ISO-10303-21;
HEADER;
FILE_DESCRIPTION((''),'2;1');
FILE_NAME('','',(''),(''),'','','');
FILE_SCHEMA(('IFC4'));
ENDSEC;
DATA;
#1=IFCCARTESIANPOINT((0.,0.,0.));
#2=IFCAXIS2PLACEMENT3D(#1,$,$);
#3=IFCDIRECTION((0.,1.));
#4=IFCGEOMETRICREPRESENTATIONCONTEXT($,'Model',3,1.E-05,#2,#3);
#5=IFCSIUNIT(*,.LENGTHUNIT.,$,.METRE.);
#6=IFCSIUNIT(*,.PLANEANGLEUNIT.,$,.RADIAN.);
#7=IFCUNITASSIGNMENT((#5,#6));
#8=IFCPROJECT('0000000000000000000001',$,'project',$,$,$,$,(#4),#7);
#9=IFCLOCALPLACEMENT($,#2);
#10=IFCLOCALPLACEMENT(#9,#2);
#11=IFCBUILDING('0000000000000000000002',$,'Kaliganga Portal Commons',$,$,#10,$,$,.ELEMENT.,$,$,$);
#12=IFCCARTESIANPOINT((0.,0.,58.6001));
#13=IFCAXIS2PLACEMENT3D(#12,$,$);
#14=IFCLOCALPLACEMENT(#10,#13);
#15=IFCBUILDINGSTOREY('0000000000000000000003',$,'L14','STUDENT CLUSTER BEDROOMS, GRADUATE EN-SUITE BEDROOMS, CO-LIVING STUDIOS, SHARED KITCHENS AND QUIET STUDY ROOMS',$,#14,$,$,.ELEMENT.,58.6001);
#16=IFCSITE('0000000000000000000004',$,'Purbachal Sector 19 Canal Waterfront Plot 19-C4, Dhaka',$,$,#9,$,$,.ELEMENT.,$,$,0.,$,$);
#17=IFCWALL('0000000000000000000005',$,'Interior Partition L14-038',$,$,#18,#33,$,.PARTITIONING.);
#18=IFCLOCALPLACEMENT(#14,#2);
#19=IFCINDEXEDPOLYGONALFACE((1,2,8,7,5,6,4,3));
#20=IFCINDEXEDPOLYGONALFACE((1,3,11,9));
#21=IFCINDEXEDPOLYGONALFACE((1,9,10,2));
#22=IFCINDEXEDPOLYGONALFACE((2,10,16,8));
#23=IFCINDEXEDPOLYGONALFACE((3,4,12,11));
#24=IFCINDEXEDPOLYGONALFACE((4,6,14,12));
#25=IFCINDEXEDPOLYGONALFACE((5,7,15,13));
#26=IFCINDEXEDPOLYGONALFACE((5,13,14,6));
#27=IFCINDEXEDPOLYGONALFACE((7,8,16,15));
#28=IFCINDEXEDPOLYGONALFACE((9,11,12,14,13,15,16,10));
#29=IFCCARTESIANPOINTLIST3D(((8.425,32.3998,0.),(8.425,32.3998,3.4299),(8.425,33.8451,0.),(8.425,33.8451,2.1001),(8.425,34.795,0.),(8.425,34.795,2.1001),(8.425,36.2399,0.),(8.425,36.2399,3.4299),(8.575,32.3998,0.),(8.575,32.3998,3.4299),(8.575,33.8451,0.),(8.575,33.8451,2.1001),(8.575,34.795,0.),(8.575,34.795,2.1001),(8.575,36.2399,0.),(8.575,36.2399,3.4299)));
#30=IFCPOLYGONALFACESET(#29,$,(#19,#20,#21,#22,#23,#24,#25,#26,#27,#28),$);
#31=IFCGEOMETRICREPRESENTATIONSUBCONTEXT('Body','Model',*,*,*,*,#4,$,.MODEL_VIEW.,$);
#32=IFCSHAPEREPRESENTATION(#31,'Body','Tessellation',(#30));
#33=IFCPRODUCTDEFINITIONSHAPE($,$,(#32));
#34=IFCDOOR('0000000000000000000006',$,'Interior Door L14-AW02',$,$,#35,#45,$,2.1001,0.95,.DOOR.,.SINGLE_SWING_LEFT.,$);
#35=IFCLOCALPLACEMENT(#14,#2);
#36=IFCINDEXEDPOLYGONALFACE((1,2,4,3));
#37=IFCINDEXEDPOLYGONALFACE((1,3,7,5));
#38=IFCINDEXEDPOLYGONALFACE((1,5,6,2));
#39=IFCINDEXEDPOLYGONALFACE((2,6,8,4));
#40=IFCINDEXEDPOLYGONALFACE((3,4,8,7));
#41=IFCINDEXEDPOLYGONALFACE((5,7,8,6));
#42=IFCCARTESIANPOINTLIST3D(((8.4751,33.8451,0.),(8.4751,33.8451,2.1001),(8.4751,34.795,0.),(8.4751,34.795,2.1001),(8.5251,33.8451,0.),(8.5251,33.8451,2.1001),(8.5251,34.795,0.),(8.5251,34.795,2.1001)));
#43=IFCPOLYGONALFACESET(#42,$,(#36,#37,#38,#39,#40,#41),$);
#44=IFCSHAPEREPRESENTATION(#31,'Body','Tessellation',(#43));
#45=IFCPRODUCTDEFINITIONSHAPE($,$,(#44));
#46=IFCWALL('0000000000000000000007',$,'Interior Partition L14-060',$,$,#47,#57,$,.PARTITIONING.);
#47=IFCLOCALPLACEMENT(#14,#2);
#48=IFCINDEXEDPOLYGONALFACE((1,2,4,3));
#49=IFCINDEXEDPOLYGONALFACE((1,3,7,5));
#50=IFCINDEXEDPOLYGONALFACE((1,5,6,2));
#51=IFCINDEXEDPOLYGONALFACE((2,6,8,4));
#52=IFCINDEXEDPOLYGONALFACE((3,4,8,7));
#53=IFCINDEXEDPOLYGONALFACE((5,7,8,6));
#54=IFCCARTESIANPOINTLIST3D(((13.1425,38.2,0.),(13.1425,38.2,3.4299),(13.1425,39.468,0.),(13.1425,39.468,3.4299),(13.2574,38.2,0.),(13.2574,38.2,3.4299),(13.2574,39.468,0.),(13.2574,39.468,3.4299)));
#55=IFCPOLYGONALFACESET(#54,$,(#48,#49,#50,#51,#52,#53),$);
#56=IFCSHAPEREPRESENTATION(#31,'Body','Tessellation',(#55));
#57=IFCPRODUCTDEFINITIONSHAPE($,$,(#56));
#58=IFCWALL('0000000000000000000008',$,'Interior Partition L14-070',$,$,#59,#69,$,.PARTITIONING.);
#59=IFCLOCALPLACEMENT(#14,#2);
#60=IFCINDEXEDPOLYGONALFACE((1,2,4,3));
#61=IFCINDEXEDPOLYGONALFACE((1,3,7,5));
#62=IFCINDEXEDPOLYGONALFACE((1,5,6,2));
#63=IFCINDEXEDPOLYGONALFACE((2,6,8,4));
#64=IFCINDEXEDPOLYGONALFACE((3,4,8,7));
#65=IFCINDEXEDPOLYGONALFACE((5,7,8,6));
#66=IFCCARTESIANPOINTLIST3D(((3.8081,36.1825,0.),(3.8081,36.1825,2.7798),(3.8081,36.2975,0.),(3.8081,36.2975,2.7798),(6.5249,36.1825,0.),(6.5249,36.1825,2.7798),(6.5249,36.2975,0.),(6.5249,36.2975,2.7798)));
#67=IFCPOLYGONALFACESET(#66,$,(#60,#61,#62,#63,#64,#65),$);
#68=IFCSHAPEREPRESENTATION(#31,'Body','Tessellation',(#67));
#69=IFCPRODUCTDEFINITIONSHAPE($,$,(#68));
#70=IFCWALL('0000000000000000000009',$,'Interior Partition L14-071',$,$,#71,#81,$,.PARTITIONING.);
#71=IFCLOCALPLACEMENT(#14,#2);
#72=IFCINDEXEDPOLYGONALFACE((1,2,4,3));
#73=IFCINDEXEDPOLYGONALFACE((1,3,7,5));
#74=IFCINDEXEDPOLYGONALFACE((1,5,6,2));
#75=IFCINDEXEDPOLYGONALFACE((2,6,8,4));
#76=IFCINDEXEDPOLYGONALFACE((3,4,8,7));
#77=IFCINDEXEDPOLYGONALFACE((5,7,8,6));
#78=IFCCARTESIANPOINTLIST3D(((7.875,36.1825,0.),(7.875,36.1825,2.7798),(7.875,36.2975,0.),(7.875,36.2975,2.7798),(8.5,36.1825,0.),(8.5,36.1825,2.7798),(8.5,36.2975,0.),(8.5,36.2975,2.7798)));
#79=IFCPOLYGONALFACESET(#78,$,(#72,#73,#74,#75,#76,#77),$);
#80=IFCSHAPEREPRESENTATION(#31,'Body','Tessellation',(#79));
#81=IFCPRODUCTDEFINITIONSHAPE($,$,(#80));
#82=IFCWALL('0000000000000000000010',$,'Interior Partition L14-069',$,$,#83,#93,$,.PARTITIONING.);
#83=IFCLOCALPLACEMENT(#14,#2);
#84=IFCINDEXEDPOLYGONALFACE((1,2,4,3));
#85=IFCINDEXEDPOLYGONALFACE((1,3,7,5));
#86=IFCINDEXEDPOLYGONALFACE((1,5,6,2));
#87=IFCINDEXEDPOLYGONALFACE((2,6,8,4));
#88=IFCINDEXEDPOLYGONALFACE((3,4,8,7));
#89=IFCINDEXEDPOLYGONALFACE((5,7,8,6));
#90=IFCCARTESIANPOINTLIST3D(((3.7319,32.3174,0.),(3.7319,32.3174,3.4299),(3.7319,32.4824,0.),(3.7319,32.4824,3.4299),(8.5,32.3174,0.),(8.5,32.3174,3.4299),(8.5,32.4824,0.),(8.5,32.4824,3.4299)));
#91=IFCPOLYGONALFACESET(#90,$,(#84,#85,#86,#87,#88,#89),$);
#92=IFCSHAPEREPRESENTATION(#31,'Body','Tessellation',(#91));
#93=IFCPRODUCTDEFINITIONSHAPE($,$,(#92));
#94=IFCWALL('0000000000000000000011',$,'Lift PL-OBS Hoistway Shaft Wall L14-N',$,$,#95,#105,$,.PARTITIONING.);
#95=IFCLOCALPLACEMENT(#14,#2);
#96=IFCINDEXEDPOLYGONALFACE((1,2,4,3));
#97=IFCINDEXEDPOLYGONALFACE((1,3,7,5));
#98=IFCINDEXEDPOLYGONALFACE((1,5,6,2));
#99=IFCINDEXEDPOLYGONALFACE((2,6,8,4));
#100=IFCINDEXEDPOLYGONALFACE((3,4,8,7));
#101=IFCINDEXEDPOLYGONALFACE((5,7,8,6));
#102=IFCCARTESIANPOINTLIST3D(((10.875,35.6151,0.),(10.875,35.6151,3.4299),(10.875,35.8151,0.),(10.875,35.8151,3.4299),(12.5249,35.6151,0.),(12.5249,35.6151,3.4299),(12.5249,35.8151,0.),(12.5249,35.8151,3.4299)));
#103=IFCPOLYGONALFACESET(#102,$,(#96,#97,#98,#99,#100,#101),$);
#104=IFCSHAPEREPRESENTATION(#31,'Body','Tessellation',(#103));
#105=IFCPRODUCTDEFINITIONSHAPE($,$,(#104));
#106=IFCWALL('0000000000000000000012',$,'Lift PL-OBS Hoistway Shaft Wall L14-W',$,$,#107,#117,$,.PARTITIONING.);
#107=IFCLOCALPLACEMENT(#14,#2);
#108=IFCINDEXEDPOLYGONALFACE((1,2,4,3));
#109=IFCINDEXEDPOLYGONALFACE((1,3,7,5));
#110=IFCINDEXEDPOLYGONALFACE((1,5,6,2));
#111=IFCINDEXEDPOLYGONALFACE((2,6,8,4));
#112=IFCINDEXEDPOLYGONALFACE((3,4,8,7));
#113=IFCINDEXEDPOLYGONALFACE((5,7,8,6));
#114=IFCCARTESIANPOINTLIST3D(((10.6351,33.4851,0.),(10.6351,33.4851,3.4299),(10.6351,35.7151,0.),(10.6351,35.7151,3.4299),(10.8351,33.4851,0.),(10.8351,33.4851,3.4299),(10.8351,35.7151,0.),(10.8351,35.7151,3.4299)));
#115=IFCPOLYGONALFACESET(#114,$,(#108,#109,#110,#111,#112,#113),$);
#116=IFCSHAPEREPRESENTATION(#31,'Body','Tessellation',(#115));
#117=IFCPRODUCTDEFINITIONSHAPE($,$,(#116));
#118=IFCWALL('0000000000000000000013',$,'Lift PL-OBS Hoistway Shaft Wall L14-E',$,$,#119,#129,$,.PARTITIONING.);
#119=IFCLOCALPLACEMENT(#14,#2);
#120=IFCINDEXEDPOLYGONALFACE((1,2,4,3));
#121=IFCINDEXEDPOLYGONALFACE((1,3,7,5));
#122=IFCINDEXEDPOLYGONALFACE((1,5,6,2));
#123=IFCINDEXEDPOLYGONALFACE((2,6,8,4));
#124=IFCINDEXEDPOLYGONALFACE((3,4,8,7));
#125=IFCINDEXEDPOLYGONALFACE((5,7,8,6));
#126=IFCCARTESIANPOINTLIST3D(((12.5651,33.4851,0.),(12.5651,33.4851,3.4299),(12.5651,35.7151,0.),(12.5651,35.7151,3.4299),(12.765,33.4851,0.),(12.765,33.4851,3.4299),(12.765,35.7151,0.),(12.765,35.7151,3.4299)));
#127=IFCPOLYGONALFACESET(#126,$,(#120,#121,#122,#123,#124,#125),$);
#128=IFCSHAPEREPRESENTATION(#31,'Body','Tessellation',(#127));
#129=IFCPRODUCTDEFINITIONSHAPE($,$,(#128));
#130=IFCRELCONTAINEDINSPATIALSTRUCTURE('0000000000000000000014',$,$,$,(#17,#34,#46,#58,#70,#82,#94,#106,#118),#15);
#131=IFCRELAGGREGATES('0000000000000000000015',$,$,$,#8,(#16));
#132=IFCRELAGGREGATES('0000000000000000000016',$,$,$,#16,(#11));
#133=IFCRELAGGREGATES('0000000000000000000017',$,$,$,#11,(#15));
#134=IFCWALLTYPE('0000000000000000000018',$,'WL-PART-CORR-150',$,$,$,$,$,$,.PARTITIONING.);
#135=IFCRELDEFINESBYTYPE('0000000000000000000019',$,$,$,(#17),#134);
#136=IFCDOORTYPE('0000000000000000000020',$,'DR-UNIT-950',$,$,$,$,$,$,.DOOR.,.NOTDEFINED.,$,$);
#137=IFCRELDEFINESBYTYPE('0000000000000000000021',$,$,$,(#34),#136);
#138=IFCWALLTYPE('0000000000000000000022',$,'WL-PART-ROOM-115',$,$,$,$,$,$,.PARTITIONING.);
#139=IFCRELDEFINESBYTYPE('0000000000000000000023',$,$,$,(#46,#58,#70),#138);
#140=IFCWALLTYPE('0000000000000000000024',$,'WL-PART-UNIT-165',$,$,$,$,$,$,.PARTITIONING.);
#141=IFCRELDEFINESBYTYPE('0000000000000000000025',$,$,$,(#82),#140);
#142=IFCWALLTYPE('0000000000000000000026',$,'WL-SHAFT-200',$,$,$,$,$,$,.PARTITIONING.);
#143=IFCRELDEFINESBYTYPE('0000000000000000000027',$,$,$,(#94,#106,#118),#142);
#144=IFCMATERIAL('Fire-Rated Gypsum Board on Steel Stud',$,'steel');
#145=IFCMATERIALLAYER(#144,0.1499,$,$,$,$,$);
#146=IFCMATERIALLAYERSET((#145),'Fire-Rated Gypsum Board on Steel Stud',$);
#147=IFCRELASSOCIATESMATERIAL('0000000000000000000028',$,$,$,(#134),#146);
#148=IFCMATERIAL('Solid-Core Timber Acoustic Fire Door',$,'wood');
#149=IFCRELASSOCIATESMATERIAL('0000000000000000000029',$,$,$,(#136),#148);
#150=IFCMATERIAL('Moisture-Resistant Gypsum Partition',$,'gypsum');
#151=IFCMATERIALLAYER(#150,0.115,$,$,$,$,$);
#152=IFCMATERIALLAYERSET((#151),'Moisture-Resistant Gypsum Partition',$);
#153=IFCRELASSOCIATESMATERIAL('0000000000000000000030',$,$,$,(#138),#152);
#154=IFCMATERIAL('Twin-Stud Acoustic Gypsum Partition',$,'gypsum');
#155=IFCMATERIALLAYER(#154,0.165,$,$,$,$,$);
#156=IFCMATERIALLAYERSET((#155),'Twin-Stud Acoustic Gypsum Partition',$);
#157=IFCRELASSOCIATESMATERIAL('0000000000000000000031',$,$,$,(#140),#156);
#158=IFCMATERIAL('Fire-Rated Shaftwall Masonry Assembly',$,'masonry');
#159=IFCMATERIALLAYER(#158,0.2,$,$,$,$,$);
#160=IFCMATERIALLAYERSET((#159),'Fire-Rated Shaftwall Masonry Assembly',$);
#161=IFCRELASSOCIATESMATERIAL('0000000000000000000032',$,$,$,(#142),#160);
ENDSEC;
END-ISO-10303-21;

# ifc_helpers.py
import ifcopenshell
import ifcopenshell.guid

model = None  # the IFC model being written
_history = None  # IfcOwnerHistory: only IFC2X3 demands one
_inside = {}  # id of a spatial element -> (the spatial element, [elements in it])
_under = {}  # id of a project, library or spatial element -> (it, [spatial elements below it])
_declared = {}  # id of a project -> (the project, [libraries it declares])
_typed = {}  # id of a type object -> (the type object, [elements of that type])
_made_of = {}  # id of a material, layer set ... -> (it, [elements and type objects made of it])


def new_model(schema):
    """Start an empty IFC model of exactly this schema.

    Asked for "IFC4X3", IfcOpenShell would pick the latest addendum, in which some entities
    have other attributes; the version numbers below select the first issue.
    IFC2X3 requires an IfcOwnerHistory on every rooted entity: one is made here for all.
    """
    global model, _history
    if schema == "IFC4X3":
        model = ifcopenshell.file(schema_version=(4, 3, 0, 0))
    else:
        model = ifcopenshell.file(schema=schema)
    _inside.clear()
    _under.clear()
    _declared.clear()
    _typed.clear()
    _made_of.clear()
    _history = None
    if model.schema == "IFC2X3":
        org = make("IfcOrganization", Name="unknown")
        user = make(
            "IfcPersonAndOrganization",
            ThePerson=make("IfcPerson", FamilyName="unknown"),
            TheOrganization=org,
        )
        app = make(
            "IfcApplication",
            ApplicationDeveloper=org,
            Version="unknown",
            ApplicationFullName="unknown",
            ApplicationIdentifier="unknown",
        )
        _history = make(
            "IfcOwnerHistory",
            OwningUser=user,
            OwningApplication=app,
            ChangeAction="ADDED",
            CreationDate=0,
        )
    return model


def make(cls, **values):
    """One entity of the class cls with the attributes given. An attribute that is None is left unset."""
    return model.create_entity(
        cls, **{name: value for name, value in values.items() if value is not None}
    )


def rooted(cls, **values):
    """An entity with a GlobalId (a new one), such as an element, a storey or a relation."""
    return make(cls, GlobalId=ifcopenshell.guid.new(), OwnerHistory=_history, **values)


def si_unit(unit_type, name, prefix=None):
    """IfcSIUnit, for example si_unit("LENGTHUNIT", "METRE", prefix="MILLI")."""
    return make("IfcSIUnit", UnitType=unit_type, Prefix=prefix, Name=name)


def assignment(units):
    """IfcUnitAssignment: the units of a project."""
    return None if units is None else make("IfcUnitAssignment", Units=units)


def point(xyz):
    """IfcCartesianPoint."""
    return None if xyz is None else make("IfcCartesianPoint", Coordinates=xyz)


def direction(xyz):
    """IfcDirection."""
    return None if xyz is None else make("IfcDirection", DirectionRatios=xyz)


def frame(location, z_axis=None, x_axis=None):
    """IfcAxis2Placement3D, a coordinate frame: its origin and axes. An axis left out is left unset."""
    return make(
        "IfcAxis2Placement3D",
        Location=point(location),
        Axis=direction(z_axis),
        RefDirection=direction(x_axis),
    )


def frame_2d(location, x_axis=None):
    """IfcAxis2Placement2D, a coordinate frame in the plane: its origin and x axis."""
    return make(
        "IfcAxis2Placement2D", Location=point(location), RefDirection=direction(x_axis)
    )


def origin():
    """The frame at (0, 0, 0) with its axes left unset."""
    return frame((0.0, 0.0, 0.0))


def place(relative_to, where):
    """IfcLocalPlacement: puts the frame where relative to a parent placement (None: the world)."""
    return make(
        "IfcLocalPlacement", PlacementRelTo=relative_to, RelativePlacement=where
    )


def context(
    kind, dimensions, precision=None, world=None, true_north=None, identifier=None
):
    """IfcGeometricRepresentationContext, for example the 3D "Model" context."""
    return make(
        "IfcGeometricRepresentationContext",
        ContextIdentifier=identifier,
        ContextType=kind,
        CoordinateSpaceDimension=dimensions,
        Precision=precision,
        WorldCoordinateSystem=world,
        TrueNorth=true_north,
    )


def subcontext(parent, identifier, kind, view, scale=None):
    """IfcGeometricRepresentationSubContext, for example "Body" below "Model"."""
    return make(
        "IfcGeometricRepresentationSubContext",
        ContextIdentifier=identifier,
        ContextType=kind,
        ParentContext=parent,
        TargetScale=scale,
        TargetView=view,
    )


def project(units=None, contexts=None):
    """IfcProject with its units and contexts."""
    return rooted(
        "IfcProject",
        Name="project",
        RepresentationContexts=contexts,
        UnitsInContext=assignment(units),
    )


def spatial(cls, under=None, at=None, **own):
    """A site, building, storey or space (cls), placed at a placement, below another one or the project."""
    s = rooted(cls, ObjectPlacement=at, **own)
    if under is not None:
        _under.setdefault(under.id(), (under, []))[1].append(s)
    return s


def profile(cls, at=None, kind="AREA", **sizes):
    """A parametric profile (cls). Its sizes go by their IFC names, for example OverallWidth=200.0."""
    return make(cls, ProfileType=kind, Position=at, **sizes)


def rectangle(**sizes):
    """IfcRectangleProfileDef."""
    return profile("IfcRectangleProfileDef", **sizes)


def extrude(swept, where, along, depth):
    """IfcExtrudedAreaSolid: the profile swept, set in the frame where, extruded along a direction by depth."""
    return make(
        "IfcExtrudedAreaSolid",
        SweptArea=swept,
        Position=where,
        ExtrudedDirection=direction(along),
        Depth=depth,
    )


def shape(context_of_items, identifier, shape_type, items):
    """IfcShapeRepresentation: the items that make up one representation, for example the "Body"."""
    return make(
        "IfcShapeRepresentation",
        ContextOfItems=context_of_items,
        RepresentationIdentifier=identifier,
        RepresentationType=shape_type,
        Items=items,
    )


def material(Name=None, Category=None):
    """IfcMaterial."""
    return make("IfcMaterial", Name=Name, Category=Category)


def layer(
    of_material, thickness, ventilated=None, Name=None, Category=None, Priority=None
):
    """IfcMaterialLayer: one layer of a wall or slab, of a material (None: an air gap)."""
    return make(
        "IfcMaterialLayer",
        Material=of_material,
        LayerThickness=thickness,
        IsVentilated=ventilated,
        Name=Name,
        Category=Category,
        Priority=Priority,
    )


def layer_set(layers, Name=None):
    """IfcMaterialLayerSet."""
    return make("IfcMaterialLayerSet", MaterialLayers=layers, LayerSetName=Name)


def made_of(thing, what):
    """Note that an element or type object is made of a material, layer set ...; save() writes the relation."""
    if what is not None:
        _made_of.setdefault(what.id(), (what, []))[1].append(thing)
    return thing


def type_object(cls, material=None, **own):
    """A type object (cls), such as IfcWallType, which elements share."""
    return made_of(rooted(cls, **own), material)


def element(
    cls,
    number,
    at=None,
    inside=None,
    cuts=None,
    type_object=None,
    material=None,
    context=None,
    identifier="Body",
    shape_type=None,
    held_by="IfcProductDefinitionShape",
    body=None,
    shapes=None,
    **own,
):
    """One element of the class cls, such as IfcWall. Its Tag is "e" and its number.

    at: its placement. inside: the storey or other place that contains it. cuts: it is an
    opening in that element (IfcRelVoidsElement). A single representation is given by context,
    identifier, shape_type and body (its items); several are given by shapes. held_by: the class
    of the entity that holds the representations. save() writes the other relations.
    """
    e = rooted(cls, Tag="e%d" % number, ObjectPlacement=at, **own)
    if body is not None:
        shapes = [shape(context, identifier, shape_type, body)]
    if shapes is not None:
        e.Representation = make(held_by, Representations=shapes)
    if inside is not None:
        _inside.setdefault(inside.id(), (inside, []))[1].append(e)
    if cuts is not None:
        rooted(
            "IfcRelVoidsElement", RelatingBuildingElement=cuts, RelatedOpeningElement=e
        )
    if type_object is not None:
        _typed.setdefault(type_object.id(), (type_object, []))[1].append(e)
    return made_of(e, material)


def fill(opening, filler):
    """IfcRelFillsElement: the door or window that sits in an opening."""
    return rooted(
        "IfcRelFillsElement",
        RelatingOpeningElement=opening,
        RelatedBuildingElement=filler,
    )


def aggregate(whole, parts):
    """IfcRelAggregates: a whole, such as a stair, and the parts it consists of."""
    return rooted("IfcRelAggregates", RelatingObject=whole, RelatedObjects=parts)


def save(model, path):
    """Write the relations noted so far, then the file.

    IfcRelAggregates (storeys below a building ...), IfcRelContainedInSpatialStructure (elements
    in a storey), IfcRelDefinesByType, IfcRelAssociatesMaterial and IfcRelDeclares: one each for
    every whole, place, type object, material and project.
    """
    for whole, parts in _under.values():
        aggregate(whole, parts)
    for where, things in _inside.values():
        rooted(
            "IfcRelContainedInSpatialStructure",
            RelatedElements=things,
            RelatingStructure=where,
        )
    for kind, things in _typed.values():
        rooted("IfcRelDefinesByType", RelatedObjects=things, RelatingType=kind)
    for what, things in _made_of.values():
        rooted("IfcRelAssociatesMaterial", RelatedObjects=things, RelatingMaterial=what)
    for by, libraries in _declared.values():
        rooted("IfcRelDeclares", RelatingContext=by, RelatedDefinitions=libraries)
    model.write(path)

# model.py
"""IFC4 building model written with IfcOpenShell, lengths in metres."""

from ifc_helpers import new_model, si_unit, direction, frame, frame_2d, origin, place, context, subcontext, project, spatial, rectangle, extrude, material, layer, layer_set, type_object, element, fill, save


model = new_model("IFC4")

# Units and contexts
model_context = context("Model", 3, precision=1e-05, world=origin(), true_north=direction((0.0, 1.0)))
body_context = subcontext(model_context, "Body", "Model", "MODEL_VIEW")
ifc_project = project(units=[si_unit("LENGTHUNIT", "METRE"), si_unit("PLANEANGLEUNIT", "RADIAN")], contexts=[model_context])

# Site, building, storey
site_placement = place(None, origin())
site = spatial("IfcSite", under=ifc_project, at=site_placement, Name="Purbachal Sector 19 Canal Waterfront Plot 19-C4, Dhaka", CompositionType="ELEMENT", RefElevation=0.0)
building_placement = place(site_placement, origin())
building = spatial("IfcBuilding", under=site, at=building_placement, Name="Kaliganga Portal Commons", CompositionType="ELEMENT")
storey_placement = place(building_placement, frame((0.0, 0.0, 58.6001)))
storey = spatial("IfcBuildingStorey", under=building, at=storey_placement, Name="L14", Description="STUDENT CLUSTER BEDROOMS, GRADUATE EN-SUITE BEDROOMS, CO-LIVING STUDIOS, SHARED KITCHENS AND QUIET STUDY ROOMS", CompositionType="ELEMENT", Elevation=58.6001)

# Wall, opening, door
ifc_material_1 = material(Name="Fire-Rated Gypsum Board on Steel Stud", Category="steel")
ifc_layer_1 = layer(ifc_material_1, 0.1499)
ifc_layer_set_1 = layer_set([ifc_layer_1], Name="Fire-Rated Gypsum Board on Steel Stud")
wall_type_1 = type_object("IfcWallType", Name="WL-PART-CORR-150", PredefinedType="PARTITIONING", material=ifc_layer_set_1)
ifc_material_2 = material(Name="Solid-Core Timber Acoustic Fire Door", Category="wood")
door_type_1 = type_object("IfcDoorType", Name="DR-UNIT-950", OperationType="NOTDEFINED", PredefinedType="DOOR", material=ifc_material_2)
wall_1_placement = place(storey_placement, frame((8.5, 32.3999, 0.0), z_axis=(0.0, 0.0, 1.0), x_axis=(0.0, 1.0, 0.0)))
wall_1 = element("IfcWall", 1, at=wall_1_placement, inside=storey, type_object=wall_type_1, Name="Interior Partition L14-038", PredefinedType="PARTITIONING", context=body_context, shape_type="SweptSolid", body=[
    extrude(rectangle(XDim=3.8401, YDim=0.1499, at=frame_2d((1.9199, 0.0))), origin(), (0.0, 0.0, 1.0), 3.4299),
])
opening_1_placement = place(wall_1_placement, frame((1.4451, 0.0, 0.0)))
opening_1 = element("IfcOpeningElement", 2, at=opening_1_placement, cuts=wall_1, PredefinedType="OPENING", context=body_context, shape_type="SweptSolid", body=[
    extrude(rectangle(XDim=0.95, YDim=2.1001, at=frame_2d((0.4751, 1.05))), frame((0.0, 0.085, 0.0), z_axis=(0.0, -1.0, 0.0), x_axis=(1.0, 0.0, 0.0)), (0.0, 0.0, 1.0), 0.1699),
])
door_1_placement = place(opening_1_placement, origin())
door_1 = element("IfcDoor", 3, at=door_1_placement, inside=storey, type_object=door_type_1, Name="Interior Door L14-AW02", OperationType="SINGLE_SWING_LEFT", OverallHeight=2.1001, OverallWidth=0.95, PredefinedType="DOOR", context=body_context, shape_type="SweptSolid", body=[
    extrude(rectangle(XDim=0.95, YDim=2.1001, at=frame_2d((0.4751, 1.05))), frame((0.0, 0.0249, 0.0), z_axis=(0.0, -1.0, 0.0), x_axis=(1.0, 0.0, 0.0)), (0.0, 0.0, 1.0), 0.05),
])
fill(opening_1, door_1)

# Walls
ifc_material_3 = material(Name="Moisture-Resistant Gypsum Partition", Category="gypsum")
ifc_layer_2 = layer(ifc_material_3, 0.115)
ifc_layer_set_2 = layer_set([ifc_layer_2], Name="Moisture-Resistant Gypsum Partition")
wall_type_2 = type_object("IfcWallType", Name="WL-PART-ROOM-115", PredefinedType="PARTITIONING", material=ifc_layer_set_2)
wall_2_placement = place(storey_placement, frame((13.2, 38.2, 0.0), z_axis=(0.0, 0.0, 1.0), x_axis=(0.0, 1.0, 0.0)))
element("IfcWall", 4, at=wall_2_placement, inside=storey, type_object=wall_type_2, Name="Interior Partition L14-060", PredefinedType="PARTITIONING", context=body_context, shape_type="SweptSolid", body=[
    extrude(rectangle(XDim=1.2681, YDim=0.115, at=frame_2d((0.634, 0.0))), origin(), (0.0, 0.0, 1.0), 3.4299),
])
wall_3_placement = place(storey_placement, frame((3.8081, 36.24, 0.0), z_axis=(0.0, 0.0, 1.0), x_axis=(1.0, 0.0, 0.0)))
element("IfcWall", 5, at=wall_3_placement, inside=storey, type_object=wall_type_2, Name="Interior Partition L14-070", PredefinedType="PARTITIONING", context=body_context, shape_type="SweptSolid", body=[
    extrude(rectangle(XDim=2.7168, YDim=0.115, at=frame_2d((1.3584, 0.0))), origin(), (0.0, 0.0, 1.0), 2.7798),
])
wall_4_placement = place(storey_placement, frame((7.875, 36.24, 0.0), z_axis=(0.0, 0.0, 1.0), x_axis=(1.0, 0.0, 0.0)))
element("IfcWall", 6, at=wall_4_placement, inside=storey, type_object=wall_type_2, Name="Interior Partition L14-071", PredefinedType="PARTITIONING", context=body_context, shape_type="SweptSolid", body=[
    extrude(rectangle(XDim=0.625, YDim=0.115, at=frame_2d((0.3125, 0.0))), origin(), (0.0, 0.0, 1.0), 2.7798),
])
ifc_material_4 = material(Name="Twin-Stud Acoustic Gypsum Partition", Category="gypsum")
ifc_layer_3 = layer(ifc_material_4, 0.165)
ifc_layer_set_3 = layer_set([ifc_layer_3], Name="Twin-Stud Acoustic Gypsum Partition")
wall_type_3 = type_object("IfcWallType", Name="WL-PART-UNIT-165", PredefinedType="PARTITIONING", material=ifc_layer_set_3)
wall_5_placement = place(storey_placement, frame((3.7319, 32.3999, 0.0), z_axis=(0.0, 0.0, 1.0), x_axis=(1.0, 0.0, 0.0)))
element("IfcWall", 7, at=wall_5_placement, inside=storey, type_object=wall_type_3, Name="Interior Partition L14-069", PredefinedType="PARTITIONING", context=body_context, shape_type="SweptSolid", body=[
    extrude(rectangle(XDim=4.7681, YDim=0.165, at=frame_2d((2.384, 0.0))), origin(), (0.0, 0.0, 1.0), 3.4299),
])

# Shared definitions
ifc_material_5 = material(Name="Fire-Rated Shaftwall Masonry Assembly", Category="masonry")
ifc_layer_4 = layer(ifc_material_5, 0.2)
ifc_layer_set_4 = layer_set([ifc_layer_4], Name="Fire-Rated Shaftwall Masonry Assembly")
wall_type_4 = type_object("IfcWallType", Name="WL-SHAFT-200", PredefinedType="PARTITIONING", material=ifc_layer_set_4)

# Walls
wall_6_placement = place(storey_placement, frame((10.875, 35.7151, 0.0), z_axis=(0.0, 0.0, 1.0), x_axis=(1.0, 0.0, 0.0)))
element("IfcWall", 8, at=wall_6_placement, inside=storey, type_object=wall_type_4, Name="Lift PL-OBS Hoistway Shaft Wall L14-N", PredefinedType="PARTITIONING", context=body_context, shape_type="SweptSolid", body=[
    extrude(rectangle(XDim=1.6499, YDim=0.2, at=frame_2d((0.825, 0.0))), origin(), (0.0, 0.0, 1.0), 3.4299),
])
for number, where, z_axis, x_axis, name in (
    (9, (10.7351, 33.4851, 0.0), (0.0, 0.0, 1.0), (0.0, 1.0, 0.0), "Lift PL-OBS Hoistway Shaft Wall L14-W"),
    (10, (12.665, 33.4851, 0.0), (0.0, 0.0, 1.0), (0.0, 1.0, 0.0), "Lift PL-OBS Hoistway Shaft Wall L14-E"),
):
    element("IfcWall", number, at=place(storey_placement, frame(where, z_axis=z_axis, x_axis=x_axis)), inside=storey, type_object=wall_type_4, Name=name, PredefinedType="PARTITIONING", context=body_context, shape_type="SweptSolid", body=[
        extrude(rectangle(XDim=2.23, YDim=0.2, at=frame_2d((1.115, 0.0))), origin(), (0.0, 0.0, 1.0), 3.4299),
    ])

save(model, "model.ifc")
